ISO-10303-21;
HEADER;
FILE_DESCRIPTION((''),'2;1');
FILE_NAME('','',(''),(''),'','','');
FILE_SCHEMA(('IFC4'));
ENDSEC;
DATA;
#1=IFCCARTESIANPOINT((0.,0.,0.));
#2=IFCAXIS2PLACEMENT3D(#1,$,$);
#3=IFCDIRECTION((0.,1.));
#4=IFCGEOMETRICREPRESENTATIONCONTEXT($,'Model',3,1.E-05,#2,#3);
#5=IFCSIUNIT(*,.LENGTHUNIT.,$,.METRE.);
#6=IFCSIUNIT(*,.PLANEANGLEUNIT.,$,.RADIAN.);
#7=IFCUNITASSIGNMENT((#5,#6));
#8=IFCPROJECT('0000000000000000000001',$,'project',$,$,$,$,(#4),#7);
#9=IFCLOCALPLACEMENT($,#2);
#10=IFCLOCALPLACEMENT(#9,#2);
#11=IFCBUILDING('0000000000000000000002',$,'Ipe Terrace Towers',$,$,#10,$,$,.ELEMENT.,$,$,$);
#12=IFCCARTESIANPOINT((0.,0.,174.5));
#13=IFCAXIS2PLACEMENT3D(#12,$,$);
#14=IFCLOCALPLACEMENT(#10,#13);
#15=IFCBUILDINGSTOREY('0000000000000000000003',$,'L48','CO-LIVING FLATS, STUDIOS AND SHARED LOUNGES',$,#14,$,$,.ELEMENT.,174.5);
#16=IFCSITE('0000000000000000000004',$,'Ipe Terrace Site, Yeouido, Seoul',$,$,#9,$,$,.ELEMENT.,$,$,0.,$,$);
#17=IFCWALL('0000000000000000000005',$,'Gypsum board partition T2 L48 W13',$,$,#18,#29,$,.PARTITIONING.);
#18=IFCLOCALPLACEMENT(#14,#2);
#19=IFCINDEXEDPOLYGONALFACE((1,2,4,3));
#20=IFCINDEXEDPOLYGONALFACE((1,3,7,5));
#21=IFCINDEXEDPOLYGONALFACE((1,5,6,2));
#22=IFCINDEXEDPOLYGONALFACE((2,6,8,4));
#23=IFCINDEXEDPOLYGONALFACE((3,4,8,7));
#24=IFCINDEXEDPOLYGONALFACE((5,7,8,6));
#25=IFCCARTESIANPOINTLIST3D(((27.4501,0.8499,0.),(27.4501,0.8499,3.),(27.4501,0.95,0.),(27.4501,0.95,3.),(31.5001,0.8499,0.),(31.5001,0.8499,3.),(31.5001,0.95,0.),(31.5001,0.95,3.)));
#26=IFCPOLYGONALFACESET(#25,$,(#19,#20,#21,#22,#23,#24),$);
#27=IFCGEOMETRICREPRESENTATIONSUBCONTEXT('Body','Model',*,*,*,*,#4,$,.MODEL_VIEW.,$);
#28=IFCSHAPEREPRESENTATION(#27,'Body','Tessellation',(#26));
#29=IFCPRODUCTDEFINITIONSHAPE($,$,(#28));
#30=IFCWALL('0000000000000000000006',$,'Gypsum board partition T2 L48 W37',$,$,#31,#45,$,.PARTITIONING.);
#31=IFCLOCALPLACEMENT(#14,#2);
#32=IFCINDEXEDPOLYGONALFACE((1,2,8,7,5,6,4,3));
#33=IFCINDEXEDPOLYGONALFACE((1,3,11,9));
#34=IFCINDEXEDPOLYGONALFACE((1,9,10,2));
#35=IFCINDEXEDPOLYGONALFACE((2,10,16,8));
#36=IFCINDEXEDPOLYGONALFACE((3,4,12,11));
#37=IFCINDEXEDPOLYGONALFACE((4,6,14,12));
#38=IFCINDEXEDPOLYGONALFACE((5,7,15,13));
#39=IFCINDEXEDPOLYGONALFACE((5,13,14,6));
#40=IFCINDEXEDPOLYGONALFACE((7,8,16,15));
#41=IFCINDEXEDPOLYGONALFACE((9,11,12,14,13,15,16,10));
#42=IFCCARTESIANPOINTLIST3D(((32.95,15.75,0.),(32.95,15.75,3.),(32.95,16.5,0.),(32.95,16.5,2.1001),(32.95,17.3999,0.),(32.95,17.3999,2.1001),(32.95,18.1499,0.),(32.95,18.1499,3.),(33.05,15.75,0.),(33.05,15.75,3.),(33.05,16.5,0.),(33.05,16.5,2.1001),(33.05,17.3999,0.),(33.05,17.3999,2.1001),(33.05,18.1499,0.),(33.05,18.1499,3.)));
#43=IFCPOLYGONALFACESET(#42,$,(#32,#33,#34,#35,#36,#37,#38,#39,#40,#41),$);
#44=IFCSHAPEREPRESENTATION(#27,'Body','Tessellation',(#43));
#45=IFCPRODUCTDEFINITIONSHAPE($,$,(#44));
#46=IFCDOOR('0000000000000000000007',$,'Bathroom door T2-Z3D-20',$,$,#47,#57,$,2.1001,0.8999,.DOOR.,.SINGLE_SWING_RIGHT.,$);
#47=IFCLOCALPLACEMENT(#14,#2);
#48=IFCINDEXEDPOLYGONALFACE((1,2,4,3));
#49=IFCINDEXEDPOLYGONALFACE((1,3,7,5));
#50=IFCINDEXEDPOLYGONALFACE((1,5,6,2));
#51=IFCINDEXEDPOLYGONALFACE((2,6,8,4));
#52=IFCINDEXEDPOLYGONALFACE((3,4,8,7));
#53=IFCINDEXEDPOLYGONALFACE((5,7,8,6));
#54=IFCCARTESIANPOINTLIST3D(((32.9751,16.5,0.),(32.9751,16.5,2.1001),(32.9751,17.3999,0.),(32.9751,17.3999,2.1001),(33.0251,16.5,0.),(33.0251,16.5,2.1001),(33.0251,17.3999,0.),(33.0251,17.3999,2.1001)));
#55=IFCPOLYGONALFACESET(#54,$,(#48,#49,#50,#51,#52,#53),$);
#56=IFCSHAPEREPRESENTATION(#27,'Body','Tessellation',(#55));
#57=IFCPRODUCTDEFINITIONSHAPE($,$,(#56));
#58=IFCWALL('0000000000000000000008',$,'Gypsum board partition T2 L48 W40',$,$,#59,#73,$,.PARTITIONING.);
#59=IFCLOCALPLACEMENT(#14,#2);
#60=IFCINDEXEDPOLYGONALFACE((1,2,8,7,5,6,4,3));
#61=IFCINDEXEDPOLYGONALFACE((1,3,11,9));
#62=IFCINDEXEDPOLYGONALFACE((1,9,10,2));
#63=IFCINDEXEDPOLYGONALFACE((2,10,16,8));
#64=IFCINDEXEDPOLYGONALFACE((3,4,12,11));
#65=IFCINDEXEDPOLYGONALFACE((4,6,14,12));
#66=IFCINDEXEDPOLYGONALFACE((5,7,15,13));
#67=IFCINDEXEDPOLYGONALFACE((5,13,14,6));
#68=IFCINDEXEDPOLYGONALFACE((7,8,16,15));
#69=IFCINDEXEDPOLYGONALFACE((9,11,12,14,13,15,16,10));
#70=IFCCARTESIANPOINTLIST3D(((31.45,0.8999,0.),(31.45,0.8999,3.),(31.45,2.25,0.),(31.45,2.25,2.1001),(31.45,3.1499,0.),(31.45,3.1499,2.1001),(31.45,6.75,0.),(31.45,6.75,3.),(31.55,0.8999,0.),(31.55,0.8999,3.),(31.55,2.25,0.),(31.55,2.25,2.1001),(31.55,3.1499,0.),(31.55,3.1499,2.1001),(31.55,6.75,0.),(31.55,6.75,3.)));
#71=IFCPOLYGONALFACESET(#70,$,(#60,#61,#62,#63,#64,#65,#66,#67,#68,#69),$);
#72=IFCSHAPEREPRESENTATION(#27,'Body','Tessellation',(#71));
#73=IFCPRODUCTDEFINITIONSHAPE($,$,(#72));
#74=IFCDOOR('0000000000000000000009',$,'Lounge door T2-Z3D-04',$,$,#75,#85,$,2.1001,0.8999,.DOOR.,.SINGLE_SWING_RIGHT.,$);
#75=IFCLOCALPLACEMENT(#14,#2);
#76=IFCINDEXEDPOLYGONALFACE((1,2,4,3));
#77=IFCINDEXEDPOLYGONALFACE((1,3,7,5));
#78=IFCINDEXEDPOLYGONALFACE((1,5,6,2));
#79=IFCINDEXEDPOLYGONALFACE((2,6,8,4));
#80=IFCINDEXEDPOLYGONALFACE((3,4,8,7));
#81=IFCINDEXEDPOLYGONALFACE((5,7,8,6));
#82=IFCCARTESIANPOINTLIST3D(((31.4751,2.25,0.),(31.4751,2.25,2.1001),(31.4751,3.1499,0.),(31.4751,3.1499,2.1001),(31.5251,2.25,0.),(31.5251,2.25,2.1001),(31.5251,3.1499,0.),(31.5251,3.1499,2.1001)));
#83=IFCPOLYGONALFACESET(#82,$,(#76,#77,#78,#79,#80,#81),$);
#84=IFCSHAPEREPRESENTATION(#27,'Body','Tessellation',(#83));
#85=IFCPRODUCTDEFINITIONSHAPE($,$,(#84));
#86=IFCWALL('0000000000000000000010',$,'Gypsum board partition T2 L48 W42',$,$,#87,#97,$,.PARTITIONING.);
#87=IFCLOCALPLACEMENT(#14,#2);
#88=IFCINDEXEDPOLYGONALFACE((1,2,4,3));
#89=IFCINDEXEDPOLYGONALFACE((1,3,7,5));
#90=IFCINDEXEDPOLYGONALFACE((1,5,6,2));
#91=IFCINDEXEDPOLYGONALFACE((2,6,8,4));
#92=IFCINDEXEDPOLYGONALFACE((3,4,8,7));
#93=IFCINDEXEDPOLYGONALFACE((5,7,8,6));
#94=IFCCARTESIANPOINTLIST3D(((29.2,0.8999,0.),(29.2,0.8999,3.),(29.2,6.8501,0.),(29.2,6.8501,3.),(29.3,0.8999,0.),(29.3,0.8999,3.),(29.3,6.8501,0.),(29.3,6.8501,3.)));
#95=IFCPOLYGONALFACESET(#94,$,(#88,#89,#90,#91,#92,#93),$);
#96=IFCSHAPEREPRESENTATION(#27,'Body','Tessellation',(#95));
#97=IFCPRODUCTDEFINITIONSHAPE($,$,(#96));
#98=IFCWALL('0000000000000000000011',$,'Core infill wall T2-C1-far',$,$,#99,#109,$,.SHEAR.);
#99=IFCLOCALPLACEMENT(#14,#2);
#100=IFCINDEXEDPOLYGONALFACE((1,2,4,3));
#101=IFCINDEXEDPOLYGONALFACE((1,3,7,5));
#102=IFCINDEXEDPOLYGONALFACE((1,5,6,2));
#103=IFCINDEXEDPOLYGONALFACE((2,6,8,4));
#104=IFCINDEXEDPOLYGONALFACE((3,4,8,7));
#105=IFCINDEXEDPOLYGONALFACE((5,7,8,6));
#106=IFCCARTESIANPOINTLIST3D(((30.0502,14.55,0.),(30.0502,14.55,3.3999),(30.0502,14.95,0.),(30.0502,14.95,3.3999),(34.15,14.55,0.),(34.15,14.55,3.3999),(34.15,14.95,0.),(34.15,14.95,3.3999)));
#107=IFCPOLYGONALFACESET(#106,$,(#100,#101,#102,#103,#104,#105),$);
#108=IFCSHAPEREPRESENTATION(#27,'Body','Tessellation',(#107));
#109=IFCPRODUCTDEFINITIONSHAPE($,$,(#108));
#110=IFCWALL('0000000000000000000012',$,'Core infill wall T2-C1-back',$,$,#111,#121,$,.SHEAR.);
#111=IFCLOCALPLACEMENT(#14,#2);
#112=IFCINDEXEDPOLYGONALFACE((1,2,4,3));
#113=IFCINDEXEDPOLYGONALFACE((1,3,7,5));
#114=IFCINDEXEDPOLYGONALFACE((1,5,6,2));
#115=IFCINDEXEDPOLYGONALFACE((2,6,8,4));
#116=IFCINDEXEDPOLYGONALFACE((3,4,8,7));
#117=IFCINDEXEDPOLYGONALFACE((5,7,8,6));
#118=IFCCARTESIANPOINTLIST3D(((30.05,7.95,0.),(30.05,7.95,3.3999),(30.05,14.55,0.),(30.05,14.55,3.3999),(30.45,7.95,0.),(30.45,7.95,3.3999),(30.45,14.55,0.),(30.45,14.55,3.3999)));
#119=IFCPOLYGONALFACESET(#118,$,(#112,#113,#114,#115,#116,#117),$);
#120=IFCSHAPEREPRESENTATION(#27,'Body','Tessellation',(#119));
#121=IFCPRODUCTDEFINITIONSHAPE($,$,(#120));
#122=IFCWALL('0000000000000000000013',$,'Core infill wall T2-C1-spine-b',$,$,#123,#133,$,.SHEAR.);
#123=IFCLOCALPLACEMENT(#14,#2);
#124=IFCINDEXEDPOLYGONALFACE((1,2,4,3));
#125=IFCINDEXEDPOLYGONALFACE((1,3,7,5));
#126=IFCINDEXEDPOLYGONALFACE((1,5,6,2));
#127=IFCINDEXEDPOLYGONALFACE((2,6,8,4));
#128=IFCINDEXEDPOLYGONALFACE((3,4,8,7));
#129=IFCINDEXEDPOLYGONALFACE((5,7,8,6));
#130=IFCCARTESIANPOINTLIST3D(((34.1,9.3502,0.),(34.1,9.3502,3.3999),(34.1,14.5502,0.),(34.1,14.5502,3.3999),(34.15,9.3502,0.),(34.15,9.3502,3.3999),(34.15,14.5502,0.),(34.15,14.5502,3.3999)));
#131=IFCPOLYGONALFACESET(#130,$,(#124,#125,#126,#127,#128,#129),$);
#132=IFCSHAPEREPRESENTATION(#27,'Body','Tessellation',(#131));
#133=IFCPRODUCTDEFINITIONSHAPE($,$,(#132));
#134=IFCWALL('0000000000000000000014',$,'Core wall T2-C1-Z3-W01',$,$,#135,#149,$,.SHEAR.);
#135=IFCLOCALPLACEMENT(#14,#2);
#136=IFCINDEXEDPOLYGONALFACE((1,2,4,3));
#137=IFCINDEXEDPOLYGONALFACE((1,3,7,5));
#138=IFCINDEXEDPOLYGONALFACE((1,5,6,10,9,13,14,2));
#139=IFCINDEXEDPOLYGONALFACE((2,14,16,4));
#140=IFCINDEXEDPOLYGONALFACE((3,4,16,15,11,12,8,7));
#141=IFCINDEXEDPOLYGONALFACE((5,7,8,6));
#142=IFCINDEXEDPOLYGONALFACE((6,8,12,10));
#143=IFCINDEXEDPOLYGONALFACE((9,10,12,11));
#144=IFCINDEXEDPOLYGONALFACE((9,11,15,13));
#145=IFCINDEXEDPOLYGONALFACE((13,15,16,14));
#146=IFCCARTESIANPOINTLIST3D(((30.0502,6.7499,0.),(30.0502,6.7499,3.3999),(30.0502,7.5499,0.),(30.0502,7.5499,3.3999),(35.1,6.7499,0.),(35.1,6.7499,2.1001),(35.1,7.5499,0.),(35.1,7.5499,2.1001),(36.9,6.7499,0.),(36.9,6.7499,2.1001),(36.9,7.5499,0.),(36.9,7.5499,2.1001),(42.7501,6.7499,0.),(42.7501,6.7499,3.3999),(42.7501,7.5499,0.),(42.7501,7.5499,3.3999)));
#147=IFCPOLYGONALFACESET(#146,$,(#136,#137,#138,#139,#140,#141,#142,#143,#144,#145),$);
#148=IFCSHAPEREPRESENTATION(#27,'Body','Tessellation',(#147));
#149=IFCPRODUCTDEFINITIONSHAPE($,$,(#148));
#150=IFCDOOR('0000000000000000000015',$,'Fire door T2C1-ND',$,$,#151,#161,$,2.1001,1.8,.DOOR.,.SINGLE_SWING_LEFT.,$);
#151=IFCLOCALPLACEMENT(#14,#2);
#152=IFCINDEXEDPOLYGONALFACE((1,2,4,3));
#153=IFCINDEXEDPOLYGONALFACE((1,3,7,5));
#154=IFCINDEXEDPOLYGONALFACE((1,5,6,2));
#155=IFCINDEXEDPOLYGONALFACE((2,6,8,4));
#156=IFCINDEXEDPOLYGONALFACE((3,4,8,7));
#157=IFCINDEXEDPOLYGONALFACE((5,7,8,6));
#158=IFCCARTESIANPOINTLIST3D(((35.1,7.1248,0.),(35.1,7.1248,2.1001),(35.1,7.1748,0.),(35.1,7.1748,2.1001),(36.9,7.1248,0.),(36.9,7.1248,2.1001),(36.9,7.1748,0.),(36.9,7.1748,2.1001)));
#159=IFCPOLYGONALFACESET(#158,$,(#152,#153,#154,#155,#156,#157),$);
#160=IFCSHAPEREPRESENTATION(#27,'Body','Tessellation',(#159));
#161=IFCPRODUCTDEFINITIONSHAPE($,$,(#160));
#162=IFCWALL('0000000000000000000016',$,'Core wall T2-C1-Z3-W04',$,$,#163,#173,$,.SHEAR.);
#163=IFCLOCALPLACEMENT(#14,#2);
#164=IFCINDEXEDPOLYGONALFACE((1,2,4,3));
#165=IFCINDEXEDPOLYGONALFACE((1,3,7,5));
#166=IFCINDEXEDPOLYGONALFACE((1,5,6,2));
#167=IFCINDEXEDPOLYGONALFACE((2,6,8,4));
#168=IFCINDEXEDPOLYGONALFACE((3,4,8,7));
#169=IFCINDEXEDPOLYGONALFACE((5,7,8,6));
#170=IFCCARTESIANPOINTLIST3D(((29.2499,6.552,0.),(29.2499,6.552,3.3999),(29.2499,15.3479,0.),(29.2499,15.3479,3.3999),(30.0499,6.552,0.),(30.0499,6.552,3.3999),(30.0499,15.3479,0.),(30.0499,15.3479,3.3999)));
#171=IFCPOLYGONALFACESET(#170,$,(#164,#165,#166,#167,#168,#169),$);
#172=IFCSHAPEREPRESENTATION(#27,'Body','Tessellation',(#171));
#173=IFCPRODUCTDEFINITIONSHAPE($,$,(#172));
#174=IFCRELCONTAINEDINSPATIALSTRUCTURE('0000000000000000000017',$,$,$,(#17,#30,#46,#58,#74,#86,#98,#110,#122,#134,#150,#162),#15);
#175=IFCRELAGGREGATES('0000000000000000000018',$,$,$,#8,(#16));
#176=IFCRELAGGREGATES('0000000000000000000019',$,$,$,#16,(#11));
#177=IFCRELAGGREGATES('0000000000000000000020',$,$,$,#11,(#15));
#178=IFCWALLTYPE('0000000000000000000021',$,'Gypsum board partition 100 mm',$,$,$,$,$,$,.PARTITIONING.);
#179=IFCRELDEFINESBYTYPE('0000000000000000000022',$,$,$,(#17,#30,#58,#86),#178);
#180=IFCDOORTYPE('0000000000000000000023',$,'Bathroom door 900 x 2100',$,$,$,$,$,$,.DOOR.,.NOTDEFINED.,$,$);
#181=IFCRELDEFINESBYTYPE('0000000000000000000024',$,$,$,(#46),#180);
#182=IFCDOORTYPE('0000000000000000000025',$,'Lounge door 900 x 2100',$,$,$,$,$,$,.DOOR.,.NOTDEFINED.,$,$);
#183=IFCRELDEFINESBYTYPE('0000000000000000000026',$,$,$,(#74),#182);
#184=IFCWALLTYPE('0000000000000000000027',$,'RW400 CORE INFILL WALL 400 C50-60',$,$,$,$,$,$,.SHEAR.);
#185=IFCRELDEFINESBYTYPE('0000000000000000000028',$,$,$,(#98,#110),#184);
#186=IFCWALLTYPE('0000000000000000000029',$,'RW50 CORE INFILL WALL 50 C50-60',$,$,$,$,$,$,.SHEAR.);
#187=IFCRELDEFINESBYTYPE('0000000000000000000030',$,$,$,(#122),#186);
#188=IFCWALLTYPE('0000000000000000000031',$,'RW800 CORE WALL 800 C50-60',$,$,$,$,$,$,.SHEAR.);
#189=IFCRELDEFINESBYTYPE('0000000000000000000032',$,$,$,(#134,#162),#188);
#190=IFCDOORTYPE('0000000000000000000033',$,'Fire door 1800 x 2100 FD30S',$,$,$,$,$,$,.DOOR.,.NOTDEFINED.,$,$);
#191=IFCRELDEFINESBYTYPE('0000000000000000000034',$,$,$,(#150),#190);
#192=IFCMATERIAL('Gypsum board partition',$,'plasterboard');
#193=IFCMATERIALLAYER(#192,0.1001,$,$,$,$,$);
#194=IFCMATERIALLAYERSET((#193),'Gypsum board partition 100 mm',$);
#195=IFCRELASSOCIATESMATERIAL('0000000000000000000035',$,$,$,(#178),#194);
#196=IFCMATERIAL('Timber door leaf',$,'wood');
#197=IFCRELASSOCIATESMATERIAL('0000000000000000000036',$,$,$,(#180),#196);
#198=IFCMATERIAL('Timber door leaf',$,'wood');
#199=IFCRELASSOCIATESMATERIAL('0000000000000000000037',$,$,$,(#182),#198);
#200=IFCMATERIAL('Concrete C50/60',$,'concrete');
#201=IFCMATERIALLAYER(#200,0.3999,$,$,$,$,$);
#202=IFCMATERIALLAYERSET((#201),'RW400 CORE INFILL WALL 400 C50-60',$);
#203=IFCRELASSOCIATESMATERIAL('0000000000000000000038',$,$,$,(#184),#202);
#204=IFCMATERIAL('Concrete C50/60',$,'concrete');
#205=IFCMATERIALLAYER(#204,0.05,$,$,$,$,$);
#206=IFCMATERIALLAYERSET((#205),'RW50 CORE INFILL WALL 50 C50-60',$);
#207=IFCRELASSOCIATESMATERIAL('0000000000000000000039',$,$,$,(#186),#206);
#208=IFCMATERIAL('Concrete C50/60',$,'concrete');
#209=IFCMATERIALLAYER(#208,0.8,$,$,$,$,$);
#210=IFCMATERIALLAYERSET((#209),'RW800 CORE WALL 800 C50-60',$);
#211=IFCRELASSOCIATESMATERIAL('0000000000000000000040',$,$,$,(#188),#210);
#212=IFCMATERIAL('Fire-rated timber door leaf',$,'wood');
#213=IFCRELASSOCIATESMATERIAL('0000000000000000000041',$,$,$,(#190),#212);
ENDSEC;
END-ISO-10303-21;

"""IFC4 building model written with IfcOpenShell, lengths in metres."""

from ifc_helpers import new_model, si_unit, direction, frame, frame_2d, origin, place, context, subcontext, project, spatial, rectangle, extrude, material, layer, layer_set, type_object, element, fill, save


model = new_model("IFC4")

# Units and contexts
model_context = context("Model", 3, precision=1e-05, world=origin(), true_north=direction((0.0, 1.0)))
body_context = subcontext(model_context, "Body", "Model", "MODEL_VIEW")
ifc_project = project(units=[si_unit("LENGTHUNIT", "METRE"), si_unit("PLANEANGLEUNIT", "RADIAN")], contexts=[model_context])

# Site, building, storey
site_placement = place(None, origin())
site = spatial("IfcSite", under=ifc_project, at=site_placement, Name="Ipe Terrace Site, Yeouido, Seoul", CompositionType="ELEMENT", RefElevation=0.0)
building_placement = place(site_placement, origin())
building = spatial("IfcBuilding", under=site, at=building_placement, Name="Ipe Terrace Towers", CompositionType="ELEMENT")
storey_placement = place(building_placement, frame((0.0, 0.0, 174.5)))
storey = spatial("IfcBuildingStorey", under=building, at=storey_placement, Name="L48", Description="CO-LIVING FLATS, STUDIOS AND SHARED LOUNGES", CompositionType="ELEMENT", Elevation=174.5)

# Wall
ifc_material_1 = material(Name="Gypsum board partition", Category="plasterboard")
ifc_layer_1 = layer(ifc_material_1, 0.1001)
ifc_layer_set_1 = layer_set([ifc_layer_1], Name="Gypsum board partition 100 mm")
wall_type_1 = type_object("IfcWallType", Name="Gypsum board partition 100 mm", PredefinedType="PARTITIONING", material=ifc_layer_set_1)
wall_1_placement = place(storey_placement, frame((31.5, 0.8999, 0.0), z_axis=(0.0, 0.0, 1.0), x_axis=(-1.0, 0.0, 0.0)))
element("IfcWall", 1, at=wall_1_placement, inside=storey, type_object=wall_type_1, Name="Gypsum board partition T2 L48 W13", PredefinedType="PARTITIONING", context=body_context, shape_type="SweptSolid", body=[
    extrude(rectangle(XDim=4.05, YDim=0.1001, at=frame_2d((2.0249, 0.0))), origin(), (0.0, 0.0, 1.0), 3.0),
])

# Walls, openings, doors
wall_2_placement = place(storey_placement, frame((33.0, 15.75, 0.0), z_axis=(0.0, 0.0, 1.0), x_axis=(0.0, 1.0, 0.0)))
wall_2 = element("IfcWall", 2, at=wall_2_placement, inside=storey, type_object=wall_type_1, Name="Gypsum board partition T2 L48 W37", PredefinedType="PARTITIONING", context=body_context, shape_type="SweptSolid", body=[
    extrude(rectangle(XDim=2.3999, YDim=0.1001, at=frame_2d((1.2, 0.0))), origin(), (0.0, 0.0, 1.0), 3.0),
])
opening_1_placement = place(wall_2_placement, frame((0.75, 0.0, 0.0)))
opening_1 = element("IfcOpeningElement", 3, at=opening_1_placement, cuts=wall_2, PredefinedType="OPENING", context=body_context, shape_type="SweptSolid", body=[
    extrude(rectangle(XDim=0.8999, YDim=2.1001, at=frame_2d((0.45, 1.05))), frame((0.0, 0.0601, 0.0), z_axis=(0.0, -1.0, 0.0), x_axis=(1.0, 0.0, 0.0)), (0.0, 0.0, 1.0), 0.1201),
])
ifc_material_2 = material(Name="Timber door leaf", Category="wood")
door_type_1 = type_object("IfcDoorType", Name="Bathroom door 900 x 2100", OperationType="NOTDEFINED", PredefinedType="DOOR", material=ifc_material_2)
door_1_placement = place(opening_1_placement, origin())
door_1 = element("IfcDoor", 4, at=door_1_placement, inside=storey, type_object=door_type_1, Name="Bathroom door T2-Z3D-20", OperationType="SINGLE_SWING_RIGHT", OverallHeight=2.1001, OverallWidth=0.8999, PredefinedType="DOOR", context=body_context, shape_type="SweptSolid", body=[
    extrude(rectangle(XDim=0.8999, YDim=2.1001, at=frame_2d((0.45, 1.05))), frame((0.0, 0.0249, 0.0), z_axis=(0.0, -1.0, 0.0), x_axis=(1.0, 0.0, 0.0)), (0.0, 0.0, 1.0), 0.05),
])
fill(opening_1, door_1)
wall_3_placement = place(storey_placement, frame((31.5, 0.8999, 0.0), z_axis=(0.0, 0.0, 1.0), x_axis=(0.0, 1.0, 0.0)))
wall_3 = element("IfcWall", 5, at=wall_3_placement, inside=storey, type_object=wall_type_1, Name="Gypsum board partition T2 L48 W40", PredefinedType="PARTITIONING", context=body_context, shape_type="SweptSolid", body=[
    extrude(rectangle(XDim=5.8501, YDim=0.1001, at=frame_2d((2.925, 0.0))), origin(), (0.0, 0.0, 1.0), 3.0),
])
opening_2_placement = place(wall_3_placement, frame((1.3501, 0.0, 0.0)))
opening_2 = element("IfcOpeningElement", 6, at=opening_2_placement, cuts=wall_3, PredefinedType="OPENING", context=body_context, shape_type="SweptSolid", body=[
    extrude(rectangle(XDim=0.8999, YDim=2.1001, at=frame_2d((0.45, 1.05))), frame((0.0, 0.0601, 0.0), z_axis=(0.0, -1.0, 0.0), x_axis=(1.0, 0.0, 0.0)), (0.0, 0.0, 1.0), 0.1201),
])
ifc_material_3 = material(Name="Timber door leaf", Category="wood")
door_type_2 = type_object("IfcDoorType", Name="Lounge door 900 x 2100", OperationType="NOTDEFINED", PredefinedType="DOOR", material=ifc_material_3)
door_2_placement = place(opening_2_placement, origin())
door_2 = element("IfcDoor", 7, at=door_2_placement, inside=storey, type_object=door_type_2, Name="Lounge door T2-Z3D-04", OperationType="SINGLE_SWING_RIGHT", OverallHeight=2.1001, OverallWidth=0.8999, PredefinedType="DOOR", context=body_context, shape_type="SweptSolid", body=[
    extrude(rectangle(XDim=0.8999, YDim=2.1001, at=frame_2d((0.45, 1.05))), frame((0.0, 0.0249, 0.0), z_axis=(0.0, -1.0, 0.0), x_axis=(1.0, 0.0, 0.0)), (0.0, 0.0, 1.0), 0.05),
])
fill(opening_2, door_2)

# Walls
wall_4_placement = place(storey_placement, frame((29.25, 0.8999, 0.0), z_axis=(0.0, 0.0, 1.0), x_axis=(0.0, 1.0, 0.0)))
element("IfcWall", 8, at=wall_4_placement, inside=storey, type_object=wall_type_1, Name="Gypsum board partition T2 L48 W42", PredefinedType="PARTITIONING", context=body_context, shape_type="SweptSolid", body=[
    extrude(rectangle(XDim=5.9502, YDim=0.1001, at=frame_2d((2.9751, 0.0))), origin(), (0.0, 0.0, 1.0), 3.0),
])
ifc_material_4 = material(Name="Concrete C50/60", Category="concrete")
ifc_layer_2 = layer(ifc_material_4, 0.3999)
ifc_layer_set_2 = layer_set([ifc_layer_2], Name="RW400 CORE INFILL WALL 400 C50-60")
wall_type_2 = type_object("IfcWallType", Name="RW400 CORE INFILL WALL 400 C50-60", PredefinedType="SHEAR", material=ifc_layer_set_2)
wall_5_placement = place(storey_placement, frame((34.1499, 14.75, 0.0), z_axis=(0.0, 0.0, 1.0), x_axis=(-1.0, 0.0, 0.0)))
element("IfcWall", 9, at=wall_5_placement, inside=storey, type_object=wall_type_2, Name="Core infill wall T2-C1-far", PredefinedType="SHEAR", context=body_context, shape_type="SweptSolid", body=[
    extrude(rectangle(XDim=4.0999, YDim=0.3999, at=frame_2d((2.0498, 0.0))), origin(), (0.0, 0.0, 1.0), 3.3999),
])
wall_6_placement = place(storey_placement, frame((30.25, 7.95, 0.0), z_axis=(0.0, 0.0, 1.0), x_axis=(0.0, 1.0, 0.0)))
element("IfcWall", 10, at=wall_6_placement, inside=storey, type_object=wall_type_2, Name="Core infill wall T2-C1-back", PredefinedType="SHEAR", context=body_context, shape_type="SweptSolid", body=[
    extrude(rectangle(XDim=6.6001, YDim=0.3999, at=frame_2d((3.3, 0.0))), origin(), (0.0, 0.0, 1.0), 3.3999),
])
ifc_material_5 = material(Name="Concrete C50/60", Category="concrete")
ifc_layer_3 = layer(ifc_material_5, 0.05)
ifc_layer_set_3 = layer_set([ifc_layer_3], Name="RW50 CORE INFILL WALL 50 C50-60")
wall_type_3 = type_object("IfcWallType", Name="RW50 CORE INFILL WALL 50 C50-60", PredefinedType="SHEAR", material=ifc_layer_set_3)
wall_7_placement = place(storey_placement, frame((34.125, 9.3501, 0.0), z_axis=(0.0, 0.0, 1.0), x_axis=(0.0, 1.0, 0.0)))
element("IfcWall", 11, at=wall_7_placement, inside=storey, type_object=wall_type_3, Name="Core infill wall T2-C1-spine-b", PredefinedType="SHEAR", context=body_context, shape_type="SweptSolid", body=[
    extrude(rectangle(XDim=5.2, YDim=0.05, at=frame_2d((2.6001, 0.0))), origin(), (0.0, 0.0, 1.0), 3.3999),
])

# Wall, opening, door
ifc_material_6 = material(Name="Concrete C50/60", Category="concrete")
ifc_layer_4 = layer(ifc_material_6, 0.8)
ifc_layer_set_4 = layer_set([ifc_layer_4], Name="RW800 CORE WALL 800 C50-60")
wall_type_4 = type_object("IfcWallType", Name="RW800 CORE WALL 800 C50-60", PredefinedType="SHEAR", material=ifc_layer_set_4)
wall_8_placement = place(storey_placement, frame((30.05, 7.1499, 0.0), z_axis=(0.0, 0.0, 1.0), x_axis=(1.0, 0.0, 0.0)))
wall_8 = element("IfcWall", 12, at=wall_8_placement, inside=storey, type_object=wall_type_4, Name="Core wall T2-C1-Z3-W01", PredefinedType="SHEAR", context=body_context, shape_type="SweptSolid", body=[
    extrude(rectangle(XDim=12.7, YDim=0.8, at=frame_2d((6.3501, 0.0))), origin(), (0.0, 0.0, 1.0), 3.3999),
])
opening_3_placement = place(wall_8_placement, frame((5.05, 0.0, 0.0)))
opening_3 = element("IfcOpeningElement", 13, at=opening_3_placement, cuts=wall_8, PredefinedType="OPENING", context=body_context, shape_type="SweptSolid", body=[
    extrude(rectangle(XDim=1.8, YDim=2.1001, at=frame_2d((0.8999, 1.05))), frame((0.0, 0.4102, 0.0), z_axis=(0.0, -1.0, 0.0), x_axis=(1.0, 0.0, 0.0)), (0.0, 0.0, 1.0), 0.8201),
])
ifc_material_7 = material(Name="Fire-rated timber door leaf", Category="wood")
door_type_3 = type_object("IfcDoorType", Name="Fire door 1800 x 2100 FD30S", OperationType="NOTDEFINED", PredefinedType="DOOR", material=ifc_material_7)
door_3_placement = place(opening_3_placement, origin())
door_3 = element("IfcDoor", 14, at=door_3_placement, inside=storey, type_object=door_type_3, Name="Fire door T2C1-ND", OperationType="SINGLE_SWING_LEFT", OverallHeight=2.1001, OverallWidth=1.8, PredefinedType="DOOR", context=body_context, shape_type="SweptSolid", body=[
    extrude(rectangle(XDim=1.8, YDim=2.1001, at=frame_2d((0.8999, 1.05))), frame((0.0, 0.0249, 0.0), z_axis=(0.0, -1.0, 0.0), x_axis=(1.0, 0.0, 0.0)), (0.0, 0.0, 1.0), 0.05),
])
fill(opening_3, door_3)

# Wall
wall_9_placement = place(storey_placement, frame((29.6499, 15.3479, 0.0), z_axis=(0.0, 0.0, 1.0), x_axis=(0.0, -1.0, 0.0)))
element("IfcWall", 15, at=wall_9_placement, inside=storey, type_object=wall_type_4, Name="Core wall T2-C1-Z3-W04", PredefinedType="SHEAR", context=body_context, shape_type="SweptSolid", body=[
    extrude(rectangle(XDim=8.7959, YDim=0.8, at=frame_2d((4.3979, 0.0))), origin(), (0.0, 0.0, 1.0), 3.3999),
])

save(model, "model.ifc")
